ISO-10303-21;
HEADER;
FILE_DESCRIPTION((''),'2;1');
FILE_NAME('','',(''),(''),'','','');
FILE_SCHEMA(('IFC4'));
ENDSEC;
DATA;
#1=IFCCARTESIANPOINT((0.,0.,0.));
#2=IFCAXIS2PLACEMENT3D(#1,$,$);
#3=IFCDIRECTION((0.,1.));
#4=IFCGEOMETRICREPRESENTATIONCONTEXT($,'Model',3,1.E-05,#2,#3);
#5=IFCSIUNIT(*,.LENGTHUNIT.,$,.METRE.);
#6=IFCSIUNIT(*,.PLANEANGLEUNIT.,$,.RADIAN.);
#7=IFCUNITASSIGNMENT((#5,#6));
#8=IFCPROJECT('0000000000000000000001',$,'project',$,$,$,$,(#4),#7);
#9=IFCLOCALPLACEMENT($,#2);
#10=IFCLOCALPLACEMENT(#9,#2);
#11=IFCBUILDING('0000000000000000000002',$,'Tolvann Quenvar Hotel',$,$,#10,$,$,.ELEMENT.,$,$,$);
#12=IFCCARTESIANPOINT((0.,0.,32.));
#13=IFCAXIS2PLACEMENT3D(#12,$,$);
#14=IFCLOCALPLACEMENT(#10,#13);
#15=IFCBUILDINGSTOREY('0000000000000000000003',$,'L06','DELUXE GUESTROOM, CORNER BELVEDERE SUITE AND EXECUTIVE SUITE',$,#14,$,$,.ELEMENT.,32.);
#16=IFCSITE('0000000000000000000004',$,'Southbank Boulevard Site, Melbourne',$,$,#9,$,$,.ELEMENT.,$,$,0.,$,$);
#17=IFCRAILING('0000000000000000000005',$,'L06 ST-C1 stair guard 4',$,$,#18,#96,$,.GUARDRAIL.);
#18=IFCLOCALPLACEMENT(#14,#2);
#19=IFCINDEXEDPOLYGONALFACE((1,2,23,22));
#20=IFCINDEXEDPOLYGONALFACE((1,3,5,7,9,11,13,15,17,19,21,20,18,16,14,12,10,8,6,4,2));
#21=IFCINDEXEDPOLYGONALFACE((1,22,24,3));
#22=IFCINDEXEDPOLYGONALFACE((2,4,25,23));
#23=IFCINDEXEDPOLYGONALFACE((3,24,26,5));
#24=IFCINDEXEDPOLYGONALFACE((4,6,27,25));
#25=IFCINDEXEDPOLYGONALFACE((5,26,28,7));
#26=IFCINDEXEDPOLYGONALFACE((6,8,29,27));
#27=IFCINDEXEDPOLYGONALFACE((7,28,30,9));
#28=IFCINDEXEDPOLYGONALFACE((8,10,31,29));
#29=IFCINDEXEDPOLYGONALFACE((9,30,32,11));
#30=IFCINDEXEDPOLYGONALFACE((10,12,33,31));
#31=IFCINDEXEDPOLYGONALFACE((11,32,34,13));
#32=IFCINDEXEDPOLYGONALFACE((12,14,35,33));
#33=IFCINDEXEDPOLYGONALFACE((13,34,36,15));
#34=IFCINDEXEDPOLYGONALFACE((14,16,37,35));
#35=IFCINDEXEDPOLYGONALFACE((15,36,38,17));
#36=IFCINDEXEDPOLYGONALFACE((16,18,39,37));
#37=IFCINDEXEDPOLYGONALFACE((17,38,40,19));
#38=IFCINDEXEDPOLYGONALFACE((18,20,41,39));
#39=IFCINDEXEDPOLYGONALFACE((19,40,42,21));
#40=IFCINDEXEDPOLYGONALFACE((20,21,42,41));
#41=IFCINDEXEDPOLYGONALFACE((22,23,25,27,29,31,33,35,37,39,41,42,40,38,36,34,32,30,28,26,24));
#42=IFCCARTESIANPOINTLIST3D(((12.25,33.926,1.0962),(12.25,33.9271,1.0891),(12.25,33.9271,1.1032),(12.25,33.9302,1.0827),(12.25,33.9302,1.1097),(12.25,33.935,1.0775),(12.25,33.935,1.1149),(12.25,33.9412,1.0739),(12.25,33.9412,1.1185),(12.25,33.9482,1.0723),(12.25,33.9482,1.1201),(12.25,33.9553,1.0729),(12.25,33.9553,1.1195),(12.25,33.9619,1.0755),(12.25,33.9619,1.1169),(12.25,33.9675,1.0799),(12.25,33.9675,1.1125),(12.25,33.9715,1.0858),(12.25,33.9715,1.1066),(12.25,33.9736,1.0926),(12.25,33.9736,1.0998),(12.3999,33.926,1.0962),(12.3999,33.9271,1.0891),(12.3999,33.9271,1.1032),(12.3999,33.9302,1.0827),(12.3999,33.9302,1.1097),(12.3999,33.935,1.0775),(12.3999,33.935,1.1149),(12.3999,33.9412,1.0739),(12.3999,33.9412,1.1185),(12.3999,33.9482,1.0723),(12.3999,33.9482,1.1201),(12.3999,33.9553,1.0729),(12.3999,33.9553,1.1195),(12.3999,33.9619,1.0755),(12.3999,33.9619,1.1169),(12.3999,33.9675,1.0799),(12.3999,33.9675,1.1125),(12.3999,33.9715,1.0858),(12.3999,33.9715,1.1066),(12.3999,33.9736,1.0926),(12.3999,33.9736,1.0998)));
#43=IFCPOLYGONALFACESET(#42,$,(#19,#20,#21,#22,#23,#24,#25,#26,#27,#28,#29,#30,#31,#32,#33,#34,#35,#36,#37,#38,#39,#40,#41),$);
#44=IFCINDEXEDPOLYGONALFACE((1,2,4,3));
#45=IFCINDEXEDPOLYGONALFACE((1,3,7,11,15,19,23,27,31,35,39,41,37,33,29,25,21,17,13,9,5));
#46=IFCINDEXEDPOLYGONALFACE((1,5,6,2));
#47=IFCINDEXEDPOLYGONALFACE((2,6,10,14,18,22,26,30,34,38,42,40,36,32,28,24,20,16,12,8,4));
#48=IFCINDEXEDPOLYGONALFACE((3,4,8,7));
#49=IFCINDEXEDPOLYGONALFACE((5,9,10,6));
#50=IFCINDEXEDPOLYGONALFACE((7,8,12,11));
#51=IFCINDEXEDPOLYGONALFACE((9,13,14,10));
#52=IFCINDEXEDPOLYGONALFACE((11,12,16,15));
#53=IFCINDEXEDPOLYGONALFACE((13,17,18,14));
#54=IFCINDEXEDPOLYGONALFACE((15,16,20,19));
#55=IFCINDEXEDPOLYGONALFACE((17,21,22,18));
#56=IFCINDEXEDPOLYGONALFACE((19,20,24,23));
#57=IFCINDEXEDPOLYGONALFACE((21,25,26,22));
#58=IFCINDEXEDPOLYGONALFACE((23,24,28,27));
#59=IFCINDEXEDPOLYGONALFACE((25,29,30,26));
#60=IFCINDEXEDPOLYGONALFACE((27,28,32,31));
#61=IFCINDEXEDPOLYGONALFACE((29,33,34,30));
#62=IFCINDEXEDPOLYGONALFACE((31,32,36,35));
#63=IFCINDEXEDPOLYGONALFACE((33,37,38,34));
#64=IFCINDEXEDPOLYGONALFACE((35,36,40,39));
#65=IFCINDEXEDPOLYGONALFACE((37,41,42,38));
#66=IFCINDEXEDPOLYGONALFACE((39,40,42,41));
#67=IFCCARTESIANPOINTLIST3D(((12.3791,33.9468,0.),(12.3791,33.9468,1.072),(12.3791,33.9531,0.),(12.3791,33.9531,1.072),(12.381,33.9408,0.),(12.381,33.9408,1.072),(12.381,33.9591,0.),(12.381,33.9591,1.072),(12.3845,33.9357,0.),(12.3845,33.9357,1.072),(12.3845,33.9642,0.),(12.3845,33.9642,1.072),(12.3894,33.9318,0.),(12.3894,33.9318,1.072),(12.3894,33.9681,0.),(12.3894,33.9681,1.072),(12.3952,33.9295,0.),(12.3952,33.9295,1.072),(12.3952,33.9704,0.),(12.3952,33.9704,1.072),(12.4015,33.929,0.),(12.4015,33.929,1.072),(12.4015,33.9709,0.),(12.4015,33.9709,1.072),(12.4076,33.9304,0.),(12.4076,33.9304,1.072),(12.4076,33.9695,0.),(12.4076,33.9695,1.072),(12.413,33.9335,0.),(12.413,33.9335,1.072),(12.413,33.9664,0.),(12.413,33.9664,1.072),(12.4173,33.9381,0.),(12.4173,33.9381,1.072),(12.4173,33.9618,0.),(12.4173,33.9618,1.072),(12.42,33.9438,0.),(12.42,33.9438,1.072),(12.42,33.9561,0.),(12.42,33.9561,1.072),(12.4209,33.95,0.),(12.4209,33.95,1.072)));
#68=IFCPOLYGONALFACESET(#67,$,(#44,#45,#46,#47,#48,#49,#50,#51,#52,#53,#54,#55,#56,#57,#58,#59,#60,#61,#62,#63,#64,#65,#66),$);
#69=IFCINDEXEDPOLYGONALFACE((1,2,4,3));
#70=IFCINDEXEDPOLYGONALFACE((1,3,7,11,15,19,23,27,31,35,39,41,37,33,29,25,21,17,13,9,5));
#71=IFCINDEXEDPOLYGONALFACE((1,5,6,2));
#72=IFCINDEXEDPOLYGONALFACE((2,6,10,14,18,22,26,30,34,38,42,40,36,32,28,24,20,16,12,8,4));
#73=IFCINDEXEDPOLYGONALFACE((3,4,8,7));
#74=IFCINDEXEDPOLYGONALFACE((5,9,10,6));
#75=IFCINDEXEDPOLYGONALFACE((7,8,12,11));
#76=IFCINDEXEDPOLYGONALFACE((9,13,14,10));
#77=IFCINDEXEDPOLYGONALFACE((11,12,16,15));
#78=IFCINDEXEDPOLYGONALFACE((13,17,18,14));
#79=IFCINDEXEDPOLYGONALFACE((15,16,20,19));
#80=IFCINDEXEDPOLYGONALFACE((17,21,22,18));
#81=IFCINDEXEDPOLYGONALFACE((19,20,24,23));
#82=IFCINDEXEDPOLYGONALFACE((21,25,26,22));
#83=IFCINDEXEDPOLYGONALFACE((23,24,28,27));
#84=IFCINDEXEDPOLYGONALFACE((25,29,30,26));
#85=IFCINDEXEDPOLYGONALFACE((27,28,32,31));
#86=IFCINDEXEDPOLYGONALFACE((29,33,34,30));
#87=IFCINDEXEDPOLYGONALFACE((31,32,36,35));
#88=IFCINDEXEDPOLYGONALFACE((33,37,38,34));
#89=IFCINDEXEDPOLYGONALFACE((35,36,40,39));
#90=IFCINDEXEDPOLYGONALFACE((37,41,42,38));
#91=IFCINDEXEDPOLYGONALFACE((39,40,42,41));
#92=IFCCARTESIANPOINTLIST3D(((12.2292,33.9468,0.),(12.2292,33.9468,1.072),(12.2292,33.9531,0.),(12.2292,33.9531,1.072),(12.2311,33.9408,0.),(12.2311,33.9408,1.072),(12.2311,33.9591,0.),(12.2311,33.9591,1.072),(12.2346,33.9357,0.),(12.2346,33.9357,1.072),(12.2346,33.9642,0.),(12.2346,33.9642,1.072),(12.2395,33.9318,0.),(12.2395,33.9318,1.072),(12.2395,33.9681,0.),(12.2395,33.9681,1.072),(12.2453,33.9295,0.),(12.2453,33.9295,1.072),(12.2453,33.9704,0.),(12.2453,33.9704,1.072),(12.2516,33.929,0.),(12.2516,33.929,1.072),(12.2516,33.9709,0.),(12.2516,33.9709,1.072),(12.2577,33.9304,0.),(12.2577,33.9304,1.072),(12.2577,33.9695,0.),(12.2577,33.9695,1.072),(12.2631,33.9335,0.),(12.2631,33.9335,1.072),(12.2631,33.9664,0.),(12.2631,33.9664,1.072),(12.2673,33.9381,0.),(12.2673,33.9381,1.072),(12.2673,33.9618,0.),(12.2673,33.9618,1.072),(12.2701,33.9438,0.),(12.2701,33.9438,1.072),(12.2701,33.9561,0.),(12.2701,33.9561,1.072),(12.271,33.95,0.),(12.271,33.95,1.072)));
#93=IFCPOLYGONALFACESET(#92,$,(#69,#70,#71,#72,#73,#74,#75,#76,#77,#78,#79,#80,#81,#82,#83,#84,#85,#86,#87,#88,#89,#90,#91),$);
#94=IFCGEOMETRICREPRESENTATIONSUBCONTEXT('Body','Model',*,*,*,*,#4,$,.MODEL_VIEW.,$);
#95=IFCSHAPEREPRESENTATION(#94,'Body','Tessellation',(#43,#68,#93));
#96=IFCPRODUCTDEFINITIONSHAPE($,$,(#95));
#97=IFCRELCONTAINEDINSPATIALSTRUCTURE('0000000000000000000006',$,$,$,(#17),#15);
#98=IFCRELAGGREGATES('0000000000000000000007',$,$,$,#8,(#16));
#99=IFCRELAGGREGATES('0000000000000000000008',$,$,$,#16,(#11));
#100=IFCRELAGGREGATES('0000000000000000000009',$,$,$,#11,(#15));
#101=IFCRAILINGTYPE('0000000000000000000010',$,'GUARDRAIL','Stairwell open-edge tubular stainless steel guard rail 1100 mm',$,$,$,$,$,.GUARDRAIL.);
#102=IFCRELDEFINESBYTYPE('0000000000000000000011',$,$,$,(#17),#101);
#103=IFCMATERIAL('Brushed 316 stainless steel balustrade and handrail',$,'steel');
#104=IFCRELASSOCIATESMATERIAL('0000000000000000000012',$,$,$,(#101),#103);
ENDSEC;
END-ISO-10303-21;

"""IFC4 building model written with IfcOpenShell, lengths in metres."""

from ifc_helpers import new_model, si_unit, direction, frame, origin, origin_2d, place, context, subcontext, project, spatial, circle, extrude, material, type_object, element, save


model = new_model("IFC4")

# Units and contexts
model_context = context("Model", 3, precision=1e-05, world=origin(), true_north=direction((0.0, 1.0)))
body_context = subcontext(model_context, "Body", "Model", "MODEL_VIEW")
ifc_project = project(units=[si_unit("LENGTHUNIT", "METRE"), si_unit("PLANEANGLEUNIT", "RADIAN")], contexts=[model_context])

# Site, building, storey
site_placement = place(None, origin())
site = spatial("IfcSite", under=ifc_project, at=site_placement, Name="Southbank Boulevard Site, Melbourne", CompositionType="ELEMENT", RefElevation=0.0)
building_placement = place(site_placement, origin())
building = spatial("IfcBuilding", under=site, at=building_placement, Name="Tolvann Quenvar Hotel", CompositionType="ELEMENT")
storey_placement = place(building_placement, frame((0.0, 0.0, 32.0)))
storey = spatial("IfcBuildingStorey", under=building, at=storey_placement, Name="L06", Description="DELUXE GUESTROOM, CORNER BELVEDERE SUITE AND EXECUTIVE SUITE", CompositionType="ELEMENT", Elevation=32.0)

# Railing
ifc_material_1 = material(Name="Brushed 316 stainless steel balustrade and handrail", Category="steel")
railing_type_1 = type_object("IfcRailingType", Name="GUARDRAIL", Description="Stairwell open-edge tubular stainless steel guard rail 1100 mm", PredefinedType="GUARDRAIL", material=ifc_material_1)
railing_1_placement = place(storey_placement, frame((12.3999, 33.95, 0.0)))
element("IfcRailing", 1, at=railing_1_placement, inside=storey, type_object=railing_type_1, Name="L06 ST-C1 stair guard 4", PredefinedType="GUARDRAIL", context=body_context, shape_type="SweptSolid", body=[
    extrude(circle(Radius=0.0239, at=origin_2d()), frame((0.0, 0.0, 1.0962), z_axis=(-1.0, 0.0, 0.0), x_axis=(0.0, -1.0, 0.0)), (0.0, 0.0, 1.0), 0.1499),
    extrude(circle(Radius=0.021, at=origin_2d()), origin(), (0.0, 0.0, 1.0), 1.072),
    extrude(circle(Radius=0.021, at=origin_2d()), frame((-0.1499, 0.0, 0.0)), (0.0, 0.0, 1.0), 1.072),
])

save(model, "model.ifc")
